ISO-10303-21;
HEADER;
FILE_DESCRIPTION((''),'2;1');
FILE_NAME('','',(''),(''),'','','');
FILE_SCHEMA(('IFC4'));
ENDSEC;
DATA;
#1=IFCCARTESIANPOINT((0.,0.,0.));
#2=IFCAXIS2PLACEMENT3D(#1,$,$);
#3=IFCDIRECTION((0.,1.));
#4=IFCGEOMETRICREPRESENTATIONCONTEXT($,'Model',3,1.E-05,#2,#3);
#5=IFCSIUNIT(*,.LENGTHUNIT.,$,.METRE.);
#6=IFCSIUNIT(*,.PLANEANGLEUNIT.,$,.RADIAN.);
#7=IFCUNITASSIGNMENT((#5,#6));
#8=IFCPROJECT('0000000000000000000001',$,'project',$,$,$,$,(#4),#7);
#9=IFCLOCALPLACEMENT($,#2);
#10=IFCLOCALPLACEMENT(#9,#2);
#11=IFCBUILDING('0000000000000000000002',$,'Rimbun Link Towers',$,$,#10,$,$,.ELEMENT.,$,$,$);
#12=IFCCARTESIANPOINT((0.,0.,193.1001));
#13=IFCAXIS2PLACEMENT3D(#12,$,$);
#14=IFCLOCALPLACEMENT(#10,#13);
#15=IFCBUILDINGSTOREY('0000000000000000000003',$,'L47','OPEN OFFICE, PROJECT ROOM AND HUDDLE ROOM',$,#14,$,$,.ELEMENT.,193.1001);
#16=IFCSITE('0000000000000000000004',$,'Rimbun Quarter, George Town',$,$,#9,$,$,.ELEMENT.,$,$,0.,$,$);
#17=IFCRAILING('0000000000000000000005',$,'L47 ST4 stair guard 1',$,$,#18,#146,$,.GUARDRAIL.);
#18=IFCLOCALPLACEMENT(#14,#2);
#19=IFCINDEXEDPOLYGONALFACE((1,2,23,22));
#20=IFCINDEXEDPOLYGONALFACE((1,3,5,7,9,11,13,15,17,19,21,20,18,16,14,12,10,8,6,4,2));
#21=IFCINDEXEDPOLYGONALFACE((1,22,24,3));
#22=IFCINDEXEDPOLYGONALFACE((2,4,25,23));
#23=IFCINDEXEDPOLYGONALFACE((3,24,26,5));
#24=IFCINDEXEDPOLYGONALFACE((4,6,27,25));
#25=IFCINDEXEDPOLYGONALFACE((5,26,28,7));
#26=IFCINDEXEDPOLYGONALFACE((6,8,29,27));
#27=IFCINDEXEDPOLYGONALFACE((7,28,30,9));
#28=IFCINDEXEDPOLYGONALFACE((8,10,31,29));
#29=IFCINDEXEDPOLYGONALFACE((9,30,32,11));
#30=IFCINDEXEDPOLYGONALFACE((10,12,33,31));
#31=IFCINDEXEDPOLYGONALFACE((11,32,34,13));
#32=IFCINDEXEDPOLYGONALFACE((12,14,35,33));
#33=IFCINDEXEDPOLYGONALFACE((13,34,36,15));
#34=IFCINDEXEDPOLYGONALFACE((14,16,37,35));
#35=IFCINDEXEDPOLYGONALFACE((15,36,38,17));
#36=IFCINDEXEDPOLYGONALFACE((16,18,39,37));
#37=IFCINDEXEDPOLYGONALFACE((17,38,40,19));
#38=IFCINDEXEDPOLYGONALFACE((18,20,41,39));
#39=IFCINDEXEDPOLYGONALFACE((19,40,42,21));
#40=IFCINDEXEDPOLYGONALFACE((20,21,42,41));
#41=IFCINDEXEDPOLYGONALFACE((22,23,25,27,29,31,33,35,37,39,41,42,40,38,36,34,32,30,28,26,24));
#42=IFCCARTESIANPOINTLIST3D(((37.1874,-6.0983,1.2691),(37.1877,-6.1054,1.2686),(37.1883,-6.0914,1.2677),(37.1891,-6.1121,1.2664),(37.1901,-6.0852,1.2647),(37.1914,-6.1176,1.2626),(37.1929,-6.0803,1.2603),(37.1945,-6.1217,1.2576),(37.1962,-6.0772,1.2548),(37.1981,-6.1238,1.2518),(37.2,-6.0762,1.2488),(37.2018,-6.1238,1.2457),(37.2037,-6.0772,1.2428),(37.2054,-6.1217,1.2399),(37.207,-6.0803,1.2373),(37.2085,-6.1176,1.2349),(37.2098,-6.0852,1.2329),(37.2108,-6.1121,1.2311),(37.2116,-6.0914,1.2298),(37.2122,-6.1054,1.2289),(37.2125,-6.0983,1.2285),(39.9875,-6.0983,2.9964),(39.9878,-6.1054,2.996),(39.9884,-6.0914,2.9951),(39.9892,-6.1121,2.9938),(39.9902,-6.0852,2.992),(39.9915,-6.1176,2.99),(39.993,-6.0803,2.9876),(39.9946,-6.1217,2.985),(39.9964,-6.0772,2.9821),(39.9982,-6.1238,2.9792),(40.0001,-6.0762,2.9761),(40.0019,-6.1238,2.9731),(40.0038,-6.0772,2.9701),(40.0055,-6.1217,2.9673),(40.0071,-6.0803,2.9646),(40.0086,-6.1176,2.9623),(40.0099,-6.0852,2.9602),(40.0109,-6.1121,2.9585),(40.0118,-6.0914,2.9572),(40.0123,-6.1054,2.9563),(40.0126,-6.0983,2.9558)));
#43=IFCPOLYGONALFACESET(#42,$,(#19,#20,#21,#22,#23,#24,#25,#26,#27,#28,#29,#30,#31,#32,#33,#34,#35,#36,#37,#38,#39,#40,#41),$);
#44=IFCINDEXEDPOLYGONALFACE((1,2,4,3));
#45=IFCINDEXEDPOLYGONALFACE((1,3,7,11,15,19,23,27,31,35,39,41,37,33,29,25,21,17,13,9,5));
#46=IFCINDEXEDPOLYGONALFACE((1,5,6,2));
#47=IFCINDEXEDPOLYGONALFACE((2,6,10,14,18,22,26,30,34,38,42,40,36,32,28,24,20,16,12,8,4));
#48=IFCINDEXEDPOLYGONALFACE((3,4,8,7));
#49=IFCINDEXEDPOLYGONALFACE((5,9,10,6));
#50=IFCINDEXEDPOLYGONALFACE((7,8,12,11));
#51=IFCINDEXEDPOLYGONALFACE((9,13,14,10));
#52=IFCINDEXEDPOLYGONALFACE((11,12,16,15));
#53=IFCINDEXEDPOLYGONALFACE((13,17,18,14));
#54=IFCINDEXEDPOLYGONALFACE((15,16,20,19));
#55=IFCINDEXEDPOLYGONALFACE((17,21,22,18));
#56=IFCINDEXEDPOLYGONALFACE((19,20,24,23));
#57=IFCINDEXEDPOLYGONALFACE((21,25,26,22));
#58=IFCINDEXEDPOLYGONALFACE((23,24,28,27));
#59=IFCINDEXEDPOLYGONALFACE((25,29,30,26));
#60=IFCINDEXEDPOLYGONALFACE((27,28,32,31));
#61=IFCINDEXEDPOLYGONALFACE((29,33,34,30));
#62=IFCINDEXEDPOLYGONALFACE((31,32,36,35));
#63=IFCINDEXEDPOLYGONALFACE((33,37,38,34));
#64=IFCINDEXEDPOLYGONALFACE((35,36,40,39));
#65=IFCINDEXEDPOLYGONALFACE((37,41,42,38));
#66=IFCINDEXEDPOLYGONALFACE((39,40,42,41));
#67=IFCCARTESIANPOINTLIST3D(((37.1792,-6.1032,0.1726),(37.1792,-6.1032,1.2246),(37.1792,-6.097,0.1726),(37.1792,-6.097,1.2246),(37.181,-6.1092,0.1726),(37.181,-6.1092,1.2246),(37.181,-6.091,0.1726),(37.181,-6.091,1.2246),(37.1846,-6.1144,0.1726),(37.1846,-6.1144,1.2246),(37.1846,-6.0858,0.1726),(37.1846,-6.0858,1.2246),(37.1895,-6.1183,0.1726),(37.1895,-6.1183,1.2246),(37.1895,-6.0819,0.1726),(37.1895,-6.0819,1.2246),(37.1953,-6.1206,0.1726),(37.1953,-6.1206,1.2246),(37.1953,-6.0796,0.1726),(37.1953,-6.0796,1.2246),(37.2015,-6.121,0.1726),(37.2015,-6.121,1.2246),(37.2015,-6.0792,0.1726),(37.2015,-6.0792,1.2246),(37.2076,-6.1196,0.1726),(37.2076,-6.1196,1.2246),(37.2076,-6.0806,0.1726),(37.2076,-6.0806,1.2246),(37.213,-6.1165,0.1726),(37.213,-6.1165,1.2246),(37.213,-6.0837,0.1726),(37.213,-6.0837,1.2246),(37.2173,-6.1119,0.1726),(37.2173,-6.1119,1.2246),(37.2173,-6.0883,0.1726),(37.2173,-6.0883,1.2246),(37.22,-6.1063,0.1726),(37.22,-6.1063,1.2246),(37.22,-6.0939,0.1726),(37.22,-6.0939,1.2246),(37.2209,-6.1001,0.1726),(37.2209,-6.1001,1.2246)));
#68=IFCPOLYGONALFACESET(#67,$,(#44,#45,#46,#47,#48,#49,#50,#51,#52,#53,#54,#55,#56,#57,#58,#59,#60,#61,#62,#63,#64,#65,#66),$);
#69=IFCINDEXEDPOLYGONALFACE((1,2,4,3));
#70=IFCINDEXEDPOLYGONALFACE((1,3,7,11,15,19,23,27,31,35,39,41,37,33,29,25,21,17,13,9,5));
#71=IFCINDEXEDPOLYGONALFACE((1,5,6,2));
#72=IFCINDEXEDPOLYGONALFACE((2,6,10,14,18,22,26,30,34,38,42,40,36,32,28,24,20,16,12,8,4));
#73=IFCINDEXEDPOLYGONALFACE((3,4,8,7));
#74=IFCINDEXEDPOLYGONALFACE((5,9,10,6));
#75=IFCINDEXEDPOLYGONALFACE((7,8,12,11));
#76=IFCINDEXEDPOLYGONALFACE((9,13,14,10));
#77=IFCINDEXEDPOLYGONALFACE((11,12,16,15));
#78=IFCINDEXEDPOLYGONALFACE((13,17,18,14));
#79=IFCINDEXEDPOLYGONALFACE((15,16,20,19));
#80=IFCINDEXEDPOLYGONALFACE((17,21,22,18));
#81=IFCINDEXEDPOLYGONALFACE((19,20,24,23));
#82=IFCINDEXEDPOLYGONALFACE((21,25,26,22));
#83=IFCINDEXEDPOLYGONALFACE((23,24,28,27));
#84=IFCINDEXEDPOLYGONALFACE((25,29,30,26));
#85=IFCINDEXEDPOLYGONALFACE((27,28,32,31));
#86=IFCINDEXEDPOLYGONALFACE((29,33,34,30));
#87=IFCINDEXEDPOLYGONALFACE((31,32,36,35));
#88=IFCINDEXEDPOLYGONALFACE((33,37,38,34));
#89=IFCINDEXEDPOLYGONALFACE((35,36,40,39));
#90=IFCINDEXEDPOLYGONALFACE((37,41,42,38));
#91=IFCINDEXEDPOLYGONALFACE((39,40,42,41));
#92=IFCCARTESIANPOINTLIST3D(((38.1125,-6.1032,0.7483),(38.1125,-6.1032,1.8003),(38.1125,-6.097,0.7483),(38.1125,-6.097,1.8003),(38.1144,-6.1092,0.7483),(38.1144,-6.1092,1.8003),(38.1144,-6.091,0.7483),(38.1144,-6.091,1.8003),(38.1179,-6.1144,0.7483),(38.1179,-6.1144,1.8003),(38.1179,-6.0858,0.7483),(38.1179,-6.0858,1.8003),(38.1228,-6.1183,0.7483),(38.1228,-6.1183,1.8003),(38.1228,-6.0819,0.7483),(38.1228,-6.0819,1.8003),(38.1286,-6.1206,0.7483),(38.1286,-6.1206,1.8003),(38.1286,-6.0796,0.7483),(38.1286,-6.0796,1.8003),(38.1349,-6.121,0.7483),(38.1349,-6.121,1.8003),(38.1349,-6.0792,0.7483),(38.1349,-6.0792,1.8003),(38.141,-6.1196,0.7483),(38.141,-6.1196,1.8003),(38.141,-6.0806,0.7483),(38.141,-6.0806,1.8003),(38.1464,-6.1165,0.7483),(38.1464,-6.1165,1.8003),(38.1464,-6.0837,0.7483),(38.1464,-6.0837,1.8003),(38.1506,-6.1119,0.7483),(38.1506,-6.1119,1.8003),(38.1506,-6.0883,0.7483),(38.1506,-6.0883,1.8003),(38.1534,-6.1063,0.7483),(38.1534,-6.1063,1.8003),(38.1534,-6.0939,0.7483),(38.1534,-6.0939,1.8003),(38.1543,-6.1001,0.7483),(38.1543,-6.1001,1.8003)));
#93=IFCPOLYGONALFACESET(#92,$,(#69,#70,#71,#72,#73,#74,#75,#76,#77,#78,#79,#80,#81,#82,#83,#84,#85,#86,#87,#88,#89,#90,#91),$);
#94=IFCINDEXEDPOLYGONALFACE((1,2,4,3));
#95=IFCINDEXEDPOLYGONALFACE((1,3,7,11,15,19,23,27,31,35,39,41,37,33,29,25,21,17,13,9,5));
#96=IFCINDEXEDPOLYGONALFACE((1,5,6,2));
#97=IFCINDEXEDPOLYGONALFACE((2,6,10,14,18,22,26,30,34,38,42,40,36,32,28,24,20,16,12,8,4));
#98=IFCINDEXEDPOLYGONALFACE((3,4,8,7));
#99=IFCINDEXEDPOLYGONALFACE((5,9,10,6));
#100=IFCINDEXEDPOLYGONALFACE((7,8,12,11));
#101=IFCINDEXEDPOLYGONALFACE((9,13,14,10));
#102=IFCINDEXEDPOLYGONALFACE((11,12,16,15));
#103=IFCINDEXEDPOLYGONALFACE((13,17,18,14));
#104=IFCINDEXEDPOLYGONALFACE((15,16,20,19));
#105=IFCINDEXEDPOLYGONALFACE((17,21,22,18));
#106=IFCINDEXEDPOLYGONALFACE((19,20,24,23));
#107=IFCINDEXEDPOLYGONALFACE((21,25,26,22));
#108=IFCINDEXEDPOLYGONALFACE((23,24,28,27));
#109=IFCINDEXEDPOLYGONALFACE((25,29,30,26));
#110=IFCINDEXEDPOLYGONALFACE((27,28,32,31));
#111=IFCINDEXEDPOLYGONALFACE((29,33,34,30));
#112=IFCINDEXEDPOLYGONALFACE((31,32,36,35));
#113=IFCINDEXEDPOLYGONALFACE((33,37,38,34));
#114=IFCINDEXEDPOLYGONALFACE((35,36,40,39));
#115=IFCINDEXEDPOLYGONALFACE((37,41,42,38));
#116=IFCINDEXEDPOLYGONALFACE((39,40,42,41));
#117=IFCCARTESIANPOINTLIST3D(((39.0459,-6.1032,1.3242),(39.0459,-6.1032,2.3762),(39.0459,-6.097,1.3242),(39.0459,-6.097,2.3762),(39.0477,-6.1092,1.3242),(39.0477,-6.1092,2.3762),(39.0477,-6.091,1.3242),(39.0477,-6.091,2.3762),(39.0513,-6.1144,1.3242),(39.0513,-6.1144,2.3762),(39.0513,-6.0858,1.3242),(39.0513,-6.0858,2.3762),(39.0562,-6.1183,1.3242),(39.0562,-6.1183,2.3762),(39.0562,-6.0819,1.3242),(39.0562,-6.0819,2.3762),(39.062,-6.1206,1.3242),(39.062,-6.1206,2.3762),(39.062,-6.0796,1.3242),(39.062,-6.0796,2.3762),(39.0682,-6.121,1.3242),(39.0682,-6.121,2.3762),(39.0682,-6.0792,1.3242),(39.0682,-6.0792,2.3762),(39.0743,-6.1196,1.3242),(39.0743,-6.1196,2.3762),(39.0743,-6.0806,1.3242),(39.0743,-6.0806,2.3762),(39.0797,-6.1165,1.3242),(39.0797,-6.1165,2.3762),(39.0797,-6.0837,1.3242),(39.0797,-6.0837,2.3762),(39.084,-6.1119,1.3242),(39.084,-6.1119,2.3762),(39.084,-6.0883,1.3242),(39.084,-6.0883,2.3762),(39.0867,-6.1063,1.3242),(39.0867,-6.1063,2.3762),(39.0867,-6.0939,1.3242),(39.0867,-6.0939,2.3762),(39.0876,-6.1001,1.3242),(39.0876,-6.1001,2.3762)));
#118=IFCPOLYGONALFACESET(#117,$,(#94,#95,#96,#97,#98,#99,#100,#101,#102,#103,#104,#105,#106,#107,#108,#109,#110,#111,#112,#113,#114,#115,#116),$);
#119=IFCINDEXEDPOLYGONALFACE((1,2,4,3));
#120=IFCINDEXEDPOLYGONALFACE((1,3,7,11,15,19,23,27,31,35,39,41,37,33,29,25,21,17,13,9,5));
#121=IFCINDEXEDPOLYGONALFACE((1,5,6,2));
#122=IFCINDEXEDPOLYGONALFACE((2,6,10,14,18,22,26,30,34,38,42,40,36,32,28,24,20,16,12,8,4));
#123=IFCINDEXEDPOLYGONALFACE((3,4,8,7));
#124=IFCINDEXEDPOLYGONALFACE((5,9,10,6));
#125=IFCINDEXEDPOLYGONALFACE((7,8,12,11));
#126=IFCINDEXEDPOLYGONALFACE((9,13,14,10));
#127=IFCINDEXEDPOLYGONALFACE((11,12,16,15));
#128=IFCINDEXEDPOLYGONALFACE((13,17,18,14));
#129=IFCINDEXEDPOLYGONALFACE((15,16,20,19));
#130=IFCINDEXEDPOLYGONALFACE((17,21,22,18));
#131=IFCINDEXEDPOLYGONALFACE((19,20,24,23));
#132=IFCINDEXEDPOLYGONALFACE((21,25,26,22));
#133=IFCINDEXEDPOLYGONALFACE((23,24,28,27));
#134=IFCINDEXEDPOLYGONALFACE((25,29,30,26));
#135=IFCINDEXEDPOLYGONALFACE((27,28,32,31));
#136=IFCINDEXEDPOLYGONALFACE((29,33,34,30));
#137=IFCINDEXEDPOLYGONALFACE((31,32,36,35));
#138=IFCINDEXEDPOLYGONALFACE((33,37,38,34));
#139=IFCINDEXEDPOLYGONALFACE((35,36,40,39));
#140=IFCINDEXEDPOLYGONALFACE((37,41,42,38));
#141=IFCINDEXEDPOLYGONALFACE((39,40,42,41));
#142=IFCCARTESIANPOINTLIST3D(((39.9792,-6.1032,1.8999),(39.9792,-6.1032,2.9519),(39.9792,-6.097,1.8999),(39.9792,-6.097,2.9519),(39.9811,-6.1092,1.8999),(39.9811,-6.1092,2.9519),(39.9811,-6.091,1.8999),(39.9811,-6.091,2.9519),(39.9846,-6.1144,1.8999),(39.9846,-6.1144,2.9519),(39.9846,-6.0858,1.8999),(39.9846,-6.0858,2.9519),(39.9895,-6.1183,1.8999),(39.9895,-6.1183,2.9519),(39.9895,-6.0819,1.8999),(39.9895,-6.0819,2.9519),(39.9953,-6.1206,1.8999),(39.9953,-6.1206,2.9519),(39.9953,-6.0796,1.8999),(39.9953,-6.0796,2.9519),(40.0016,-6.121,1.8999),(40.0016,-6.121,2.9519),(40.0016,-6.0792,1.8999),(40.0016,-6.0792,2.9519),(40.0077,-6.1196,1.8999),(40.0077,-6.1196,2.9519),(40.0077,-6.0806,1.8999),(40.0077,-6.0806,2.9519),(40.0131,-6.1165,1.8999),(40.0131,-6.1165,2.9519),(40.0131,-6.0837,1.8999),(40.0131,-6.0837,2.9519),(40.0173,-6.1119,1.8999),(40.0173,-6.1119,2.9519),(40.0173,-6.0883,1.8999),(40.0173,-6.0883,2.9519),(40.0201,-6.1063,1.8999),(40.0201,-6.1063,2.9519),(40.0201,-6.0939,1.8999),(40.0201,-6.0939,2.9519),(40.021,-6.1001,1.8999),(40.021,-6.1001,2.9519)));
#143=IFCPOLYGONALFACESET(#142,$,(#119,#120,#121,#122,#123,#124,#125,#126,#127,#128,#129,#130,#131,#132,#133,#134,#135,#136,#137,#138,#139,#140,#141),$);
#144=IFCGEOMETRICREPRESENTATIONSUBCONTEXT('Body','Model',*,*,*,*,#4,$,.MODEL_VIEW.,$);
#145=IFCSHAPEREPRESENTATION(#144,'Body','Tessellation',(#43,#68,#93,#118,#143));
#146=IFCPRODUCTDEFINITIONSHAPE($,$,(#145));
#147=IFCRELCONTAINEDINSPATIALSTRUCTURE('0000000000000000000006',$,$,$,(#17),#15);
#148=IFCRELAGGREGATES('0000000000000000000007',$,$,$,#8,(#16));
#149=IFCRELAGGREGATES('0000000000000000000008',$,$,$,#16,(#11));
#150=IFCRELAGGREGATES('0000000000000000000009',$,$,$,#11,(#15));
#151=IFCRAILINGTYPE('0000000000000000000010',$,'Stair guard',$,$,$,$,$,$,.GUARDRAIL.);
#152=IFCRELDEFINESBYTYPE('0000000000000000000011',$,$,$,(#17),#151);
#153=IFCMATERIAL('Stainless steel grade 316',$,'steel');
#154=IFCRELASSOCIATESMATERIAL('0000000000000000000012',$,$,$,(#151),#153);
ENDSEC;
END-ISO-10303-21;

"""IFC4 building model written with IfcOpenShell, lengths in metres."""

from ifc_helpers import new_model, si_unit, direction, frame, origin, origin_2d, place, context, subcontext, project, spatial, circle, extrude, material, type_object, element, save


model = new_model("IFC4")

# Units and contexts
model_context = context("Model", 3, precision=1e-05, world=origin(), true_north=direction((0.0, 1.0)))
body_context = subcontext(model_context, "Body", "Model", "MODEL_VIEW")
ifc_project = project(units=[si_unit("LENGTHUNIT", "METRE"), si_unit("PLANEANGLEUNIT", "RADIAN")], contexts=[model_context])

# Site, building, storey
site_placement = place(None, origin())
site = spatial("IfcSite", under=ifc_project, at=site_placement, Name="Rimbun Quarter, George Town", CompositionType="ELEMENT", RefElevation=0.0)
building_placement = place(site_placement, origin())
building = spatial("IfcBuilding", under=site, at=building_placement, Name="Rimbun Link Towers", CompositionType="ELEMENT")
storey_placement = place(building_placement, frame((0.0, 0.0, 193.1001)))
storey = spatial("IfcBuildingStorey", under=building, at=storey_placement, Name="L47", Description="OPEN OFFICE, PROJECT ROOM AND HUDDLE ROOM", CompositionType="ELEMENT", Elevation=193.1001)

# Railing
ifc_material_1 = material(Name="Stainless steel grade 316", Category="steel")
railing_type_1 = type_object("IfcRailingType", Name="Stair guard", PredefinedType="GUARDRAIL", material=ifc_material_1)
railing_1_placement = place(storey_placement, frame((37.2, -6.1001, 0.1726)))
element("IfcRailing", 1, at=railing_1_placement, inside=storey, type_object=railing_type_1, Name="L47 ST4 stair guard 1", PredefinedType="GUARDRAIL", context=body_context, shape_type="SweptSolid", body=[
    extrude(circle(Radius=0.0239, at=origin_2d()), frame((0.0, 0.0, 1.0762), z_axis=(0.85109, 0.0, 0.52502), x_axis=(0.0, 1.0, 0.0)), (0.0, 0.0, 1.0), 3.29),
    extrude(circle(Radius=0.021, at=origin_2d()), origin(), (0.0, 0.0, 1.0), 1.052),
    extrude(circle(Radius=0.021, at=origin_2d()), frame((0.9333, 0.0, 0.5757)), (0.0, 0.0, 1.0), 1.052),
    extrude(circle(Radius=0.021, at=origin_2d()), frame((1.8667, 0.0, 1.1516)), (0.0, 0.0, 1.0), 1.052),
    extrude(circle(Radius=0.021, at=origin_2d()), frame((2.8, 0.0, 1.7273)), (0.0, 0.0, 1.0), 1.052),
])

save(model, "model.ifc")
